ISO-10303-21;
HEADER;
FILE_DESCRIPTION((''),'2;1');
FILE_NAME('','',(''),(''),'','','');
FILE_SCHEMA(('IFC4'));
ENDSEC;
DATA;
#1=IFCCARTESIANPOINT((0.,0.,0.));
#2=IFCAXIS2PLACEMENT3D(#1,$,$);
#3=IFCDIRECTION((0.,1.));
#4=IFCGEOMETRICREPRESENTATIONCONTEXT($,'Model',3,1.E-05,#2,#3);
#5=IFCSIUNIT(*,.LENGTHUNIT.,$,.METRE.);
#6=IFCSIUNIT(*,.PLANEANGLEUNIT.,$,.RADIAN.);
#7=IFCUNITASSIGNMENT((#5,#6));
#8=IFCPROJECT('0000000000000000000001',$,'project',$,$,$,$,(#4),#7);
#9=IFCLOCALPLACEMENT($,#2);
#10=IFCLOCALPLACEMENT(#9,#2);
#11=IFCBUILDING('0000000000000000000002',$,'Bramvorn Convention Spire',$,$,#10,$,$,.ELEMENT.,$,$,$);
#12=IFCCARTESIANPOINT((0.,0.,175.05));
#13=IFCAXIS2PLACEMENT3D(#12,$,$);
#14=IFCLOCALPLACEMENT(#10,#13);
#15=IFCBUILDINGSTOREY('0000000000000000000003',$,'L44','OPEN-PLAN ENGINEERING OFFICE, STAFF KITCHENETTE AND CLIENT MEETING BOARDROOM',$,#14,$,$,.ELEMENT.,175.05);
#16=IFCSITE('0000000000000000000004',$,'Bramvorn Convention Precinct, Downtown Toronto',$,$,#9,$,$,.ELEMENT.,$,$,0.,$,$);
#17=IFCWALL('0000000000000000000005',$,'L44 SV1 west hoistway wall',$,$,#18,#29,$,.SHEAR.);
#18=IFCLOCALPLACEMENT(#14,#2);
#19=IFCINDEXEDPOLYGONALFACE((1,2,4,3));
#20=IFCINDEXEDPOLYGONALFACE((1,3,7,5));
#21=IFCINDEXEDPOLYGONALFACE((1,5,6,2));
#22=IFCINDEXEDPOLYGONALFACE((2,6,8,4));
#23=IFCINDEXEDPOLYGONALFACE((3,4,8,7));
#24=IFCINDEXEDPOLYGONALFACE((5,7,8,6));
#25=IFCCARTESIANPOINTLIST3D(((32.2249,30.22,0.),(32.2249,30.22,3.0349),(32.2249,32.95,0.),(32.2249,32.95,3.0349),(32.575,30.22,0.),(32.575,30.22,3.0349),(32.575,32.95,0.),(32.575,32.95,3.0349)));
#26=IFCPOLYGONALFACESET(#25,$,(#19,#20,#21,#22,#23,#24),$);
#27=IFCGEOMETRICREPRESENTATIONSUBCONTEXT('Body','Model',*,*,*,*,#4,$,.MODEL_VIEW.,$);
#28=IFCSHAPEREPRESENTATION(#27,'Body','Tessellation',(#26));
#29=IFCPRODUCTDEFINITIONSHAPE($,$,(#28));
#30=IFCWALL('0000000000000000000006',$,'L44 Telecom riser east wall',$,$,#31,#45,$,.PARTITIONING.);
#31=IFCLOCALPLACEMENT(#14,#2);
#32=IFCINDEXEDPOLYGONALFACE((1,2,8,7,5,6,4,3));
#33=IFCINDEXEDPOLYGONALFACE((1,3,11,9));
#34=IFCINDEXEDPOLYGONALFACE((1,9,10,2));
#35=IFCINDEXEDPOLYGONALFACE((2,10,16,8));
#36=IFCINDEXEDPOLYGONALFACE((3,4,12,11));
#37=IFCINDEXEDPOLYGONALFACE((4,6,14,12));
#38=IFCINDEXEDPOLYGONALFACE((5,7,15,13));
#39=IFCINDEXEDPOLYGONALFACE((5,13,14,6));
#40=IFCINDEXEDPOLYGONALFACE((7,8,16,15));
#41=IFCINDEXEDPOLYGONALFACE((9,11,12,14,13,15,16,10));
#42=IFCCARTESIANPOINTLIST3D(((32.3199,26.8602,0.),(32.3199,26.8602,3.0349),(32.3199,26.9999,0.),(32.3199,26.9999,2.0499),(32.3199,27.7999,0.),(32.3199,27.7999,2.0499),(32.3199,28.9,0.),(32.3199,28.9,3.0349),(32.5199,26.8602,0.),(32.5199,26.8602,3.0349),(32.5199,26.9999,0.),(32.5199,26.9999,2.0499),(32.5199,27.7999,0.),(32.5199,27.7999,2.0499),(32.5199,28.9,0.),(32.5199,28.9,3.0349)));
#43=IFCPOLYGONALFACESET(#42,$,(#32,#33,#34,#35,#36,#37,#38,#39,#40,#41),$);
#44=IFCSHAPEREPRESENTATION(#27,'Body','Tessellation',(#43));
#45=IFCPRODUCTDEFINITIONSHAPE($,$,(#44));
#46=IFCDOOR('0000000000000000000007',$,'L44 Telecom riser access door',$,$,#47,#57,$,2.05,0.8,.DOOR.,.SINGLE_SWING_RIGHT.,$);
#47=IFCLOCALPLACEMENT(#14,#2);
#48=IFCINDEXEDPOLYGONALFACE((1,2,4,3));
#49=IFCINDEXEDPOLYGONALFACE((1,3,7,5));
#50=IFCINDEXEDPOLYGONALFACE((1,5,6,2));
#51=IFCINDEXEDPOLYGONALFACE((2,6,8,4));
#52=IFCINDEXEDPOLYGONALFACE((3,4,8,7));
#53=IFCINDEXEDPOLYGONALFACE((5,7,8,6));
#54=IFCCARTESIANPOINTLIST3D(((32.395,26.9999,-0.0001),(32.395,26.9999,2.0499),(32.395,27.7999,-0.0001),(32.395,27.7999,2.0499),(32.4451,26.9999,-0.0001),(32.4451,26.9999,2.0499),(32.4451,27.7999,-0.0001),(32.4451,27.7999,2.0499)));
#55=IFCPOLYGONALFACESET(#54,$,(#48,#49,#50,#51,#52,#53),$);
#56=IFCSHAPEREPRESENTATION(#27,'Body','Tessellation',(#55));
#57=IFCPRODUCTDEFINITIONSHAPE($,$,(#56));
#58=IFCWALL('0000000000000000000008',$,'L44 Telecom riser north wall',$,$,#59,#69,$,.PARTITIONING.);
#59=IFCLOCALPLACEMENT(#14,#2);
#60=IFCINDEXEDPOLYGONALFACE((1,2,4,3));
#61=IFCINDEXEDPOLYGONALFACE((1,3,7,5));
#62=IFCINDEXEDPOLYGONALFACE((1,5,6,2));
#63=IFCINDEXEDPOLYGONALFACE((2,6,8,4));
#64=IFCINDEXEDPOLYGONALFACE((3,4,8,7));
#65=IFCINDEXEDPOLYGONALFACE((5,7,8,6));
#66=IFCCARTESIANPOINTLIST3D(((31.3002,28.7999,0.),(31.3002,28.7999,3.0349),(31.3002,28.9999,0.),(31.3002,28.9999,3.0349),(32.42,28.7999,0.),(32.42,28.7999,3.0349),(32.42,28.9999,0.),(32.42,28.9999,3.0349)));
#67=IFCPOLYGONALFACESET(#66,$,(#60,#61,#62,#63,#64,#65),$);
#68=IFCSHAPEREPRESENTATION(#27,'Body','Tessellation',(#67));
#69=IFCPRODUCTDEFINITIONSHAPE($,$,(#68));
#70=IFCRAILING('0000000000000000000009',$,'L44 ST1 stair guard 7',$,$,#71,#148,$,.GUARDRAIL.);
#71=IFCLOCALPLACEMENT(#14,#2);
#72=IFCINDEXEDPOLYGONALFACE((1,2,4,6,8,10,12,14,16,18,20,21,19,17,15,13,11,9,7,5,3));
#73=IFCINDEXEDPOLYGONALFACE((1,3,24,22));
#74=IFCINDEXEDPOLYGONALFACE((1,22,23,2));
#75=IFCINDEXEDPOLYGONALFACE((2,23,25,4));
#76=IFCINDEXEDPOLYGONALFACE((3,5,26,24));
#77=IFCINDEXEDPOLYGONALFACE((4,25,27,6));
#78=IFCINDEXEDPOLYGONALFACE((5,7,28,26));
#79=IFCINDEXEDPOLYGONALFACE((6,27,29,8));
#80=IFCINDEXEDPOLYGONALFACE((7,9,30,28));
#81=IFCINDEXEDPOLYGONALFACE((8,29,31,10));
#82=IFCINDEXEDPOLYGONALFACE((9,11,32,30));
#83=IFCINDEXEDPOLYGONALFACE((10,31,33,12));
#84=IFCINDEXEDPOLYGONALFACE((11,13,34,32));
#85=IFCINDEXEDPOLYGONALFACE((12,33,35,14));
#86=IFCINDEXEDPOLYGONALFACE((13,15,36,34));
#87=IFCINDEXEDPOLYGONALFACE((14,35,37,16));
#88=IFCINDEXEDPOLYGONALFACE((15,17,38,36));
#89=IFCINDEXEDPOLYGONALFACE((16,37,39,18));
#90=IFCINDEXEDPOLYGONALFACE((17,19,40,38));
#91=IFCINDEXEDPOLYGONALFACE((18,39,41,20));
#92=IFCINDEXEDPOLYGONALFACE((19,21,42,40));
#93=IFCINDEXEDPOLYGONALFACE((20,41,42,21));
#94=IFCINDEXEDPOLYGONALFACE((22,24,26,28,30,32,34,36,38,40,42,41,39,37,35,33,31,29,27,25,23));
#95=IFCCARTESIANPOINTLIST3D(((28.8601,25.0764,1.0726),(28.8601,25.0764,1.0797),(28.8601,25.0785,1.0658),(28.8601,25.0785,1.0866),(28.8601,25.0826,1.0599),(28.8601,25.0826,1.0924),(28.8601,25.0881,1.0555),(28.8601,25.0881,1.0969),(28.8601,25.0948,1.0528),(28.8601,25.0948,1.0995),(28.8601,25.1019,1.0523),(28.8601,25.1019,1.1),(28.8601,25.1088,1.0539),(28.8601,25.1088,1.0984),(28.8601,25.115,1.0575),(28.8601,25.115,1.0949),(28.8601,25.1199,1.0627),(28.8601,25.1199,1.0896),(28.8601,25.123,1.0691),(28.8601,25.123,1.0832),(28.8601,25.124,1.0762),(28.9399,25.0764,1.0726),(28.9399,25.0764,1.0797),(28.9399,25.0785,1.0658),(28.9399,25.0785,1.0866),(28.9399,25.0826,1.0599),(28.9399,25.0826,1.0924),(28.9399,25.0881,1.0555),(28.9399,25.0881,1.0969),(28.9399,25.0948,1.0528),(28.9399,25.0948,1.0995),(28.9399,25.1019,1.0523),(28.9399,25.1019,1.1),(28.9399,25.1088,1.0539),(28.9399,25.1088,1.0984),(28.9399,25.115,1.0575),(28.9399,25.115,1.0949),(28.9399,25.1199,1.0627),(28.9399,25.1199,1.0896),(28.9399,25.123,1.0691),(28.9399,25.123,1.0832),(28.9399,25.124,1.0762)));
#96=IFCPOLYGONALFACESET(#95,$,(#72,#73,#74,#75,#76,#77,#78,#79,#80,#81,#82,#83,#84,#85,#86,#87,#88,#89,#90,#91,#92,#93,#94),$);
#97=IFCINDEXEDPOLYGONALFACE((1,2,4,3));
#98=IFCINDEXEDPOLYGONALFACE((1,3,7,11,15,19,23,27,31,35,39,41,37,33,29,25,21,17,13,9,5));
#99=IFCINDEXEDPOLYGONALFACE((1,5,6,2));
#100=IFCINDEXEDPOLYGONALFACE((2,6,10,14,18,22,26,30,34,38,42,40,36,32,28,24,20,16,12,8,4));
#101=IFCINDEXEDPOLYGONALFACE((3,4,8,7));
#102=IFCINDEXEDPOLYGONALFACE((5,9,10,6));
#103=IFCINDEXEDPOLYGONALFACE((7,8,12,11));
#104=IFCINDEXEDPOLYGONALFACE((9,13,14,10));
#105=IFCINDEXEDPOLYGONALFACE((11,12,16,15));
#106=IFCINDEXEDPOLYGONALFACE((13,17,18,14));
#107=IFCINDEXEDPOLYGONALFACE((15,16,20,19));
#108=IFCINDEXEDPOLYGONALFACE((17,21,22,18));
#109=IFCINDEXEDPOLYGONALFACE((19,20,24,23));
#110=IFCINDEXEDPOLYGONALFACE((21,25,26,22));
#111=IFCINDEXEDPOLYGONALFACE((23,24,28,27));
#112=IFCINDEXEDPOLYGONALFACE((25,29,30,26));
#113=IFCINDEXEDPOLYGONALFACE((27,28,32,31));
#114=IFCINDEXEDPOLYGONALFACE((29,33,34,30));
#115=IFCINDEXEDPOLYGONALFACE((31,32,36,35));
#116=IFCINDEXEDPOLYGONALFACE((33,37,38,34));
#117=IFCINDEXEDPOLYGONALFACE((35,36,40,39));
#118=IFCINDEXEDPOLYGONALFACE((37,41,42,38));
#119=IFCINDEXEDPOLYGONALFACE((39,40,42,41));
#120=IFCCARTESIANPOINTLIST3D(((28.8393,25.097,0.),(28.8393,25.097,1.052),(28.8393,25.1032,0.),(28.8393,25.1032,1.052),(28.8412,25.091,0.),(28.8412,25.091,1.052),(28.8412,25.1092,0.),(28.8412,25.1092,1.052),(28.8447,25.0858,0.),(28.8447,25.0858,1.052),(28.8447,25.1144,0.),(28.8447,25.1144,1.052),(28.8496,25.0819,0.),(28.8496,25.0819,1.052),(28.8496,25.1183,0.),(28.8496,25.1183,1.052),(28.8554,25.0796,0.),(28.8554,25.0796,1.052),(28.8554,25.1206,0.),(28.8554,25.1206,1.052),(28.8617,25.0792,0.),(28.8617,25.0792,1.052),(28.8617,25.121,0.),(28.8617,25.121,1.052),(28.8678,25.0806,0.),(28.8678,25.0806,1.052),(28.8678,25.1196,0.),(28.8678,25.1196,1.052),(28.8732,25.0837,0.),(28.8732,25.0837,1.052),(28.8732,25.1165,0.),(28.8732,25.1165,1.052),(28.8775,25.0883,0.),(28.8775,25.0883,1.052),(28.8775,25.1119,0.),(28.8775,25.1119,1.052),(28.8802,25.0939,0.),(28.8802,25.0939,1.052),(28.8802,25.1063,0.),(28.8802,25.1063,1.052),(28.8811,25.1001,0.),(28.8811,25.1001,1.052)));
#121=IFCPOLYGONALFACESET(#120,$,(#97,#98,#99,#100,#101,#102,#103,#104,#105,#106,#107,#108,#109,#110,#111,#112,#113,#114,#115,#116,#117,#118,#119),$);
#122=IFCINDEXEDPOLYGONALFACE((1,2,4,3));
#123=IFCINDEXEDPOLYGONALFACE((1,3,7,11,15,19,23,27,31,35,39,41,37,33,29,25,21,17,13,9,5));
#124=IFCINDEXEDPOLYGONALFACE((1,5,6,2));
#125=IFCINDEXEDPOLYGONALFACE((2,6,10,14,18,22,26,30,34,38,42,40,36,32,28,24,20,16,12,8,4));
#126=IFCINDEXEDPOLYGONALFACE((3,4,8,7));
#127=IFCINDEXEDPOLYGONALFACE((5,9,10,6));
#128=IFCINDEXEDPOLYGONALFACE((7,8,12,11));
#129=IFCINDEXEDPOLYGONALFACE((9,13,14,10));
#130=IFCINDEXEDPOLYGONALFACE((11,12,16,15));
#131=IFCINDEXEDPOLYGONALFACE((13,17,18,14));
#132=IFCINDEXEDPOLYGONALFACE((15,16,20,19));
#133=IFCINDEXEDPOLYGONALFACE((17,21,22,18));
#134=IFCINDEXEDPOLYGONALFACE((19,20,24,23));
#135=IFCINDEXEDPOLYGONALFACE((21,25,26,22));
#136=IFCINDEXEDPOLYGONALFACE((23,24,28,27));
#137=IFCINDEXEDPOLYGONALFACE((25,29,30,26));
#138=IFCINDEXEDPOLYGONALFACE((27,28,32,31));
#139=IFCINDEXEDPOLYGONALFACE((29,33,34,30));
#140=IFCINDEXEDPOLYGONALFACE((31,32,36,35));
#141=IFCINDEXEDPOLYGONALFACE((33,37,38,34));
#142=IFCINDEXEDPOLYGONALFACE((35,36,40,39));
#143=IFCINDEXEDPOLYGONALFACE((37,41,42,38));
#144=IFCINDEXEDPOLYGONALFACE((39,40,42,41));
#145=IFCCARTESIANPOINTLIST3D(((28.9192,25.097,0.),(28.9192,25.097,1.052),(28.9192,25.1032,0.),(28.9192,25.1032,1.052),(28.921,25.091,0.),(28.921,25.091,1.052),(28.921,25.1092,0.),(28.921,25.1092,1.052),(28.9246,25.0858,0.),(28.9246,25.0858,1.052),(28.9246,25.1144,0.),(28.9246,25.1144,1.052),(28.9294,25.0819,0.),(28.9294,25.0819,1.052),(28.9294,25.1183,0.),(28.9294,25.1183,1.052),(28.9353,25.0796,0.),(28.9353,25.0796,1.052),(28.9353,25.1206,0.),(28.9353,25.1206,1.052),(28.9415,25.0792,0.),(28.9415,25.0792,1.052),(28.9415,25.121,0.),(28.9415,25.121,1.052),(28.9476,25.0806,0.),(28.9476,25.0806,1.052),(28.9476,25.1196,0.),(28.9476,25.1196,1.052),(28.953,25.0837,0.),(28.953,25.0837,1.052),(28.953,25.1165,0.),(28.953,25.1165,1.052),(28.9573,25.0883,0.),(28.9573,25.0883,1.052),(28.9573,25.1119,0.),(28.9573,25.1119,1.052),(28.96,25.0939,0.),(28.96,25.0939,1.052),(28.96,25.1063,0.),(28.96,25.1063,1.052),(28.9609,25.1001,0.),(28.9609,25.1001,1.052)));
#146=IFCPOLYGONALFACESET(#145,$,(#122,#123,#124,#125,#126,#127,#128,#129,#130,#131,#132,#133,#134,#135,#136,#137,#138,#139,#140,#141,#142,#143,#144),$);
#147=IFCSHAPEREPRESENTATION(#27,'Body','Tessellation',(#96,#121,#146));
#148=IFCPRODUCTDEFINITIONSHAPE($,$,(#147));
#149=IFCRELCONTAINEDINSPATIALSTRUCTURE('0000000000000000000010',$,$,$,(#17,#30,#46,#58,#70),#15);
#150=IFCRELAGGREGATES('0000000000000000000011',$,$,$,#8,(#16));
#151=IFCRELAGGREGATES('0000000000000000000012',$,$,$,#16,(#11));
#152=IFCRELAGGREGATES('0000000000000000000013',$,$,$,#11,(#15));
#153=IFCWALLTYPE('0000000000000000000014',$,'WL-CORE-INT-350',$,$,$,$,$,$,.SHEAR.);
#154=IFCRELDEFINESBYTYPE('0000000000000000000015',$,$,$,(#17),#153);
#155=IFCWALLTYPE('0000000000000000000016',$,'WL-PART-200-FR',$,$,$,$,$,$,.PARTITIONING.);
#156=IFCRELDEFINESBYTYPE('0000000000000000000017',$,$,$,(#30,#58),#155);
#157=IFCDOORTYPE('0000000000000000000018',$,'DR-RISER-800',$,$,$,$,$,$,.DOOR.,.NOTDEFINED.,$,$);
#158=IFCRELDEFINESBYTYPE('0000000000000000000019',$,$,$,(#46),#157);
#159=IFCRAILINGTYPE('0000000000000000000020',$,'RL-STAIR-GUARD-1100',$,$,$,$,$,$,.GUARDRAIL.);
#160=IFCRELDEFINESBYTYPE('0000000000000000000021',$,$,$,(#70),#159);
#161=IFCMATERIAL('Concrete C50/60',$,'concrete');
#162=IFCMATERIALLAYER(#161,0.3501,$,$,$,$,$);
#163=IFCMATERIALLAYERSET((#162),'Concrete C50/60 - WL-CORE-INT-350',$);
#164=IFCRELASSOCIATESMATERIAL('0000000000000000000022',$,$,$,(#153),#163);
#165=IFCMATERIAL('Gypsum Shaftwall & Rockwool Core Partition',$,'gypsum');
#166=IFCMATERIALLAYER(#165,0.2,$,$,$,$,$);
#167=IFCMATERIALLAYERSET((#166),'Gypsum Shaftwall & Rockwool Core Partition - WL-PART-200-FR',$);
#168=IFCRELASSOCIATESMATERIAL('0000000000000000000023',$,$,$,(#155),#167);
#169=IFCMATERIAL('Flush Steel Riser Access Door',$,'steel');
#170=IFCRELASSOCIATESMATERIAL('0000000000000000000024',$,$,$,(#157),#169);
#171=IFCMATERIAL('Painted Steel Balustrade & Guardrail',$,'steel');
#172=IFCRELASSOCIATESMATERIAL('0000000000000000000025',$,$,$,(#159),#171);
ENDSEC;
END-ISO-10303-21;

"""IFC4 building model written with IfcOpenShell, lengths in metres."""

from ifc_helpers import new_model, si_unit, direction, frame, frame_2d, origin, origin_2d, place, context, subcontext, project, spatial, rectangle, circle, extrude, material, layer, layer_set, type_object, element, fill, save


model = new_model("IFC4")

# Units and contexts
model_context = context("Model", 3, precision=1e-05, world=origin(), true_north=direction((0.0, 1.0)))
body_context = subcontext(model_context, "Body", "Model", "MODEL_VIEW")
ifc_project = project(units=[si_unit("LENGTHUNIT", "METRE"), si_unit("PLANEANGLEUNIT", "RADIAN")], contexts=[model_context])

# Site, building, storey
site_placement = place(None, origin())
site = spatial("IfcSite", under=ifc_project, at=site_placement, Name="Bramvorn Convention Precinct, Downtown Toronto", CompositionType="ELEMENT", RefElevation=0.0)
building_placement = place(site_placement, origin())
building = spatial("IfcBuilding", under=site, at=building_placement, Name="Bramvorn Convention Spire", CompositionType="ELEMENT")
storey_placement = place(building_placement, frame((0.0, 0.0, 175.05)))
storey = spatial("IfcBuildingStorey", under=building, at=storey_placement, Name="L44", Description="OPEN-PLAN ENGINEERING OFFICE, STAFF KITCHENETTE AND CLIENT MEETING BOARDROOM", CompositionType="ELEMENT", Elevation=175.05)

# Shared definitions
ifc_material_1 = material(Name="Concrete C50/60", Category="concrete")
ifc_layer_1 = layer(ifc_material_1, 0.3501)
ifc_layer_set_1 = layer_set([ifc_layer_1], Name="Concrete C50/60 - WL-CORE-INT-350")
wall_type_1 = type_object("IfcWallType", Name="WL-CORE-INT-350", PredefinedType="SHEAR", material=ifc_layer_set_1)

# Wall
wall_1_placement = place(storey_placement, frame((32.3999, 30.22, 0.0), z_axis=(0.0, 0.0, 1.0), x_axis=(0.0, 1.0, 0.0)))
element("IfcWall", 1, at=wall_1_placement, inside=storey, type_object=wall_type_1, Name="L44 SV1 west hoistway wall", PredefinedType="SHEAR", context=body_context, shape_type="SweptSolid", body=[
    extrude(rectangle(XDim=2.73, YDim=0.3501, at=frame_2d((1.365, 0.0))), origin(), (0.0, 0.0, 1.0), 3.0349),
])

# Wall, opening, door
ifc_material_2 = material(Name="Gypsum Shaftwall & Rockwool Core Partition", Category="gypsum")
ifc_layer_2 = layer(ifc_material_2, 0.2)
ifc_layer_set_2 = layer_set([ifc_layer_2], Name="Gypsum Shaftwall & Rockwool Core Partition - WL-PART-200-FR")
wall_type_2 = type_object("IfcWallType", Name="WL-PART-200-FR", PredefinedType="PARTITIONING", material=ifc_layer_set_2)
wall_2_placement = place(storey_placement, frame((32.4199, 26.8601, 0.0), z_axis=(0.0, 0.0, 1.0), x_axis=(0.0, 1.0, 0.0)))
wall_2 = element("IfcWall", 2, at=wall_2_placement, inside=storey, type_object=wall_type_2, Name="L44 Telecom riser east wall", PredefinedType="PARTITIONING", context=body_context, shape_type="SweptSolid", body=[
    extrude(rectangle(XDim=2.0398, YDim=0.2, at=frame_2d((1.02, 0.0))), origin(), (0.0, 0.0, 1.0), 3.0349),
])
opening_1_placement = place(wall_2_placement, frame((0.1399, 0.0, 0.0)))
opening_1 = element("IfcOpeningElement", 3, at=opening_1_placement, cuts=wall_2, PredefinedType="OPENING", context=body_context, shape_type="SweptSolid", body=[
    extrude(rectangle(XDim=0.8, YDim=2.05, at=frame_2d((0.3999, 1.0249))), frame((0.0, 0.1099, 0.0), z_axis=(0.0, -1.0, 0.0), x_axis=(1.0, 0.0, 0.0)), (0.0, 0.0, 1.0), 0.22),
])
ifc_material_3 = material(Name="Flush Steel Riser Access Door", Category="steel")
door_type_1 = type_object("IfcDoorType", Name="DR-RISER-800", OperationType="NOTDEFINED", PredefinedType="DOOR", material=ifc_material_3)
door_1_placement = place(opening_1_placement, origin())
door_1 = element("IfcDoor", 4, at=door_1_placement, inside=storey, type_object=door_type_1, Name="L44 Telecom riser access door", OperationType="SINGLE_SWING_RIGHT", OverallHeight=2.05, OverallWidth=0.8, PredefinedType="DOOR", context=body_context, shape_type="SweptSolid", body=[
    extrude(rectangle(XDim=0.8, YDim=2.05, at=frame_2d((0.3999, 1.0249))), frame((0.0, 0.0249, 0.0), z_axis=(0.0, -1.0, 0.0), x_axis=(1.0, 0.0, 0.0)), (0.0, 0.0, 1.0), 0.05),
])
fill(opening_1, door_1)

# Wall
wall_3_placement = place(storey_placement, frame((31.3, 28.8999, 0.0), z_axis=(0.0, 0.0, 1.0), x_axis=(1.0, 0.0, 0.0)))
element("IfcWall", 5, at=wall_3_placement, inside=storey, type_object=wall_type_2, Name="L44 Telecom riser north wall", PredefinedType="PARTITIONING", context=body_context, shape_type="SweptSolid", body=[
    extrude(rectangle(XDim=1.1199, YDim=0.2, at=frame_2d((0.5601, 0.0))), origin(), (0.0, 0.0, 1.0), 3.0349),
])

# Railing
ifc_material_4 = material(Name="Painted Steel Balustrade & Guardrail", Category="steel")
railing_type = type_object("IfcRailingType", Name="RL-STAIR-GUARD-1100", PredefinedType="GUARDRAIL", material=ifc_material_4)
railing_1_placement = place(storey_placement, frame((28.8601, 25.1001, 0.0)))
element("IfcRailing", 6, at=railing_1_placement, inside=storey, type_object=railing_type, Name="L44 ST1 stair guard 7", PredefinedType="GUARDRAIL", context=body_context, shape_type="SweptSolid", body=[
    extrude(circle(Radius=0.0239, at=origin_2d()), frame((0.0, 0.0, 1.0762), z_axis=(1.0, 0.0, 0.0), x_axis=(0.0, 1.0, 0.0)), (0.0, 0.0, 1.0), 0.0798),
    extrude(circle(Radius=0.021, at=origin_2d()), origin(), (0.0, 0.0, 1.0), 1.052),
    extrude(circle(Radius=0.021, at=origin_2d()), frame((0.0798, 0.0, 0.0)), (0.0, 0.0, 1.0), 1.052),
])

save(model, "model.ifc")
